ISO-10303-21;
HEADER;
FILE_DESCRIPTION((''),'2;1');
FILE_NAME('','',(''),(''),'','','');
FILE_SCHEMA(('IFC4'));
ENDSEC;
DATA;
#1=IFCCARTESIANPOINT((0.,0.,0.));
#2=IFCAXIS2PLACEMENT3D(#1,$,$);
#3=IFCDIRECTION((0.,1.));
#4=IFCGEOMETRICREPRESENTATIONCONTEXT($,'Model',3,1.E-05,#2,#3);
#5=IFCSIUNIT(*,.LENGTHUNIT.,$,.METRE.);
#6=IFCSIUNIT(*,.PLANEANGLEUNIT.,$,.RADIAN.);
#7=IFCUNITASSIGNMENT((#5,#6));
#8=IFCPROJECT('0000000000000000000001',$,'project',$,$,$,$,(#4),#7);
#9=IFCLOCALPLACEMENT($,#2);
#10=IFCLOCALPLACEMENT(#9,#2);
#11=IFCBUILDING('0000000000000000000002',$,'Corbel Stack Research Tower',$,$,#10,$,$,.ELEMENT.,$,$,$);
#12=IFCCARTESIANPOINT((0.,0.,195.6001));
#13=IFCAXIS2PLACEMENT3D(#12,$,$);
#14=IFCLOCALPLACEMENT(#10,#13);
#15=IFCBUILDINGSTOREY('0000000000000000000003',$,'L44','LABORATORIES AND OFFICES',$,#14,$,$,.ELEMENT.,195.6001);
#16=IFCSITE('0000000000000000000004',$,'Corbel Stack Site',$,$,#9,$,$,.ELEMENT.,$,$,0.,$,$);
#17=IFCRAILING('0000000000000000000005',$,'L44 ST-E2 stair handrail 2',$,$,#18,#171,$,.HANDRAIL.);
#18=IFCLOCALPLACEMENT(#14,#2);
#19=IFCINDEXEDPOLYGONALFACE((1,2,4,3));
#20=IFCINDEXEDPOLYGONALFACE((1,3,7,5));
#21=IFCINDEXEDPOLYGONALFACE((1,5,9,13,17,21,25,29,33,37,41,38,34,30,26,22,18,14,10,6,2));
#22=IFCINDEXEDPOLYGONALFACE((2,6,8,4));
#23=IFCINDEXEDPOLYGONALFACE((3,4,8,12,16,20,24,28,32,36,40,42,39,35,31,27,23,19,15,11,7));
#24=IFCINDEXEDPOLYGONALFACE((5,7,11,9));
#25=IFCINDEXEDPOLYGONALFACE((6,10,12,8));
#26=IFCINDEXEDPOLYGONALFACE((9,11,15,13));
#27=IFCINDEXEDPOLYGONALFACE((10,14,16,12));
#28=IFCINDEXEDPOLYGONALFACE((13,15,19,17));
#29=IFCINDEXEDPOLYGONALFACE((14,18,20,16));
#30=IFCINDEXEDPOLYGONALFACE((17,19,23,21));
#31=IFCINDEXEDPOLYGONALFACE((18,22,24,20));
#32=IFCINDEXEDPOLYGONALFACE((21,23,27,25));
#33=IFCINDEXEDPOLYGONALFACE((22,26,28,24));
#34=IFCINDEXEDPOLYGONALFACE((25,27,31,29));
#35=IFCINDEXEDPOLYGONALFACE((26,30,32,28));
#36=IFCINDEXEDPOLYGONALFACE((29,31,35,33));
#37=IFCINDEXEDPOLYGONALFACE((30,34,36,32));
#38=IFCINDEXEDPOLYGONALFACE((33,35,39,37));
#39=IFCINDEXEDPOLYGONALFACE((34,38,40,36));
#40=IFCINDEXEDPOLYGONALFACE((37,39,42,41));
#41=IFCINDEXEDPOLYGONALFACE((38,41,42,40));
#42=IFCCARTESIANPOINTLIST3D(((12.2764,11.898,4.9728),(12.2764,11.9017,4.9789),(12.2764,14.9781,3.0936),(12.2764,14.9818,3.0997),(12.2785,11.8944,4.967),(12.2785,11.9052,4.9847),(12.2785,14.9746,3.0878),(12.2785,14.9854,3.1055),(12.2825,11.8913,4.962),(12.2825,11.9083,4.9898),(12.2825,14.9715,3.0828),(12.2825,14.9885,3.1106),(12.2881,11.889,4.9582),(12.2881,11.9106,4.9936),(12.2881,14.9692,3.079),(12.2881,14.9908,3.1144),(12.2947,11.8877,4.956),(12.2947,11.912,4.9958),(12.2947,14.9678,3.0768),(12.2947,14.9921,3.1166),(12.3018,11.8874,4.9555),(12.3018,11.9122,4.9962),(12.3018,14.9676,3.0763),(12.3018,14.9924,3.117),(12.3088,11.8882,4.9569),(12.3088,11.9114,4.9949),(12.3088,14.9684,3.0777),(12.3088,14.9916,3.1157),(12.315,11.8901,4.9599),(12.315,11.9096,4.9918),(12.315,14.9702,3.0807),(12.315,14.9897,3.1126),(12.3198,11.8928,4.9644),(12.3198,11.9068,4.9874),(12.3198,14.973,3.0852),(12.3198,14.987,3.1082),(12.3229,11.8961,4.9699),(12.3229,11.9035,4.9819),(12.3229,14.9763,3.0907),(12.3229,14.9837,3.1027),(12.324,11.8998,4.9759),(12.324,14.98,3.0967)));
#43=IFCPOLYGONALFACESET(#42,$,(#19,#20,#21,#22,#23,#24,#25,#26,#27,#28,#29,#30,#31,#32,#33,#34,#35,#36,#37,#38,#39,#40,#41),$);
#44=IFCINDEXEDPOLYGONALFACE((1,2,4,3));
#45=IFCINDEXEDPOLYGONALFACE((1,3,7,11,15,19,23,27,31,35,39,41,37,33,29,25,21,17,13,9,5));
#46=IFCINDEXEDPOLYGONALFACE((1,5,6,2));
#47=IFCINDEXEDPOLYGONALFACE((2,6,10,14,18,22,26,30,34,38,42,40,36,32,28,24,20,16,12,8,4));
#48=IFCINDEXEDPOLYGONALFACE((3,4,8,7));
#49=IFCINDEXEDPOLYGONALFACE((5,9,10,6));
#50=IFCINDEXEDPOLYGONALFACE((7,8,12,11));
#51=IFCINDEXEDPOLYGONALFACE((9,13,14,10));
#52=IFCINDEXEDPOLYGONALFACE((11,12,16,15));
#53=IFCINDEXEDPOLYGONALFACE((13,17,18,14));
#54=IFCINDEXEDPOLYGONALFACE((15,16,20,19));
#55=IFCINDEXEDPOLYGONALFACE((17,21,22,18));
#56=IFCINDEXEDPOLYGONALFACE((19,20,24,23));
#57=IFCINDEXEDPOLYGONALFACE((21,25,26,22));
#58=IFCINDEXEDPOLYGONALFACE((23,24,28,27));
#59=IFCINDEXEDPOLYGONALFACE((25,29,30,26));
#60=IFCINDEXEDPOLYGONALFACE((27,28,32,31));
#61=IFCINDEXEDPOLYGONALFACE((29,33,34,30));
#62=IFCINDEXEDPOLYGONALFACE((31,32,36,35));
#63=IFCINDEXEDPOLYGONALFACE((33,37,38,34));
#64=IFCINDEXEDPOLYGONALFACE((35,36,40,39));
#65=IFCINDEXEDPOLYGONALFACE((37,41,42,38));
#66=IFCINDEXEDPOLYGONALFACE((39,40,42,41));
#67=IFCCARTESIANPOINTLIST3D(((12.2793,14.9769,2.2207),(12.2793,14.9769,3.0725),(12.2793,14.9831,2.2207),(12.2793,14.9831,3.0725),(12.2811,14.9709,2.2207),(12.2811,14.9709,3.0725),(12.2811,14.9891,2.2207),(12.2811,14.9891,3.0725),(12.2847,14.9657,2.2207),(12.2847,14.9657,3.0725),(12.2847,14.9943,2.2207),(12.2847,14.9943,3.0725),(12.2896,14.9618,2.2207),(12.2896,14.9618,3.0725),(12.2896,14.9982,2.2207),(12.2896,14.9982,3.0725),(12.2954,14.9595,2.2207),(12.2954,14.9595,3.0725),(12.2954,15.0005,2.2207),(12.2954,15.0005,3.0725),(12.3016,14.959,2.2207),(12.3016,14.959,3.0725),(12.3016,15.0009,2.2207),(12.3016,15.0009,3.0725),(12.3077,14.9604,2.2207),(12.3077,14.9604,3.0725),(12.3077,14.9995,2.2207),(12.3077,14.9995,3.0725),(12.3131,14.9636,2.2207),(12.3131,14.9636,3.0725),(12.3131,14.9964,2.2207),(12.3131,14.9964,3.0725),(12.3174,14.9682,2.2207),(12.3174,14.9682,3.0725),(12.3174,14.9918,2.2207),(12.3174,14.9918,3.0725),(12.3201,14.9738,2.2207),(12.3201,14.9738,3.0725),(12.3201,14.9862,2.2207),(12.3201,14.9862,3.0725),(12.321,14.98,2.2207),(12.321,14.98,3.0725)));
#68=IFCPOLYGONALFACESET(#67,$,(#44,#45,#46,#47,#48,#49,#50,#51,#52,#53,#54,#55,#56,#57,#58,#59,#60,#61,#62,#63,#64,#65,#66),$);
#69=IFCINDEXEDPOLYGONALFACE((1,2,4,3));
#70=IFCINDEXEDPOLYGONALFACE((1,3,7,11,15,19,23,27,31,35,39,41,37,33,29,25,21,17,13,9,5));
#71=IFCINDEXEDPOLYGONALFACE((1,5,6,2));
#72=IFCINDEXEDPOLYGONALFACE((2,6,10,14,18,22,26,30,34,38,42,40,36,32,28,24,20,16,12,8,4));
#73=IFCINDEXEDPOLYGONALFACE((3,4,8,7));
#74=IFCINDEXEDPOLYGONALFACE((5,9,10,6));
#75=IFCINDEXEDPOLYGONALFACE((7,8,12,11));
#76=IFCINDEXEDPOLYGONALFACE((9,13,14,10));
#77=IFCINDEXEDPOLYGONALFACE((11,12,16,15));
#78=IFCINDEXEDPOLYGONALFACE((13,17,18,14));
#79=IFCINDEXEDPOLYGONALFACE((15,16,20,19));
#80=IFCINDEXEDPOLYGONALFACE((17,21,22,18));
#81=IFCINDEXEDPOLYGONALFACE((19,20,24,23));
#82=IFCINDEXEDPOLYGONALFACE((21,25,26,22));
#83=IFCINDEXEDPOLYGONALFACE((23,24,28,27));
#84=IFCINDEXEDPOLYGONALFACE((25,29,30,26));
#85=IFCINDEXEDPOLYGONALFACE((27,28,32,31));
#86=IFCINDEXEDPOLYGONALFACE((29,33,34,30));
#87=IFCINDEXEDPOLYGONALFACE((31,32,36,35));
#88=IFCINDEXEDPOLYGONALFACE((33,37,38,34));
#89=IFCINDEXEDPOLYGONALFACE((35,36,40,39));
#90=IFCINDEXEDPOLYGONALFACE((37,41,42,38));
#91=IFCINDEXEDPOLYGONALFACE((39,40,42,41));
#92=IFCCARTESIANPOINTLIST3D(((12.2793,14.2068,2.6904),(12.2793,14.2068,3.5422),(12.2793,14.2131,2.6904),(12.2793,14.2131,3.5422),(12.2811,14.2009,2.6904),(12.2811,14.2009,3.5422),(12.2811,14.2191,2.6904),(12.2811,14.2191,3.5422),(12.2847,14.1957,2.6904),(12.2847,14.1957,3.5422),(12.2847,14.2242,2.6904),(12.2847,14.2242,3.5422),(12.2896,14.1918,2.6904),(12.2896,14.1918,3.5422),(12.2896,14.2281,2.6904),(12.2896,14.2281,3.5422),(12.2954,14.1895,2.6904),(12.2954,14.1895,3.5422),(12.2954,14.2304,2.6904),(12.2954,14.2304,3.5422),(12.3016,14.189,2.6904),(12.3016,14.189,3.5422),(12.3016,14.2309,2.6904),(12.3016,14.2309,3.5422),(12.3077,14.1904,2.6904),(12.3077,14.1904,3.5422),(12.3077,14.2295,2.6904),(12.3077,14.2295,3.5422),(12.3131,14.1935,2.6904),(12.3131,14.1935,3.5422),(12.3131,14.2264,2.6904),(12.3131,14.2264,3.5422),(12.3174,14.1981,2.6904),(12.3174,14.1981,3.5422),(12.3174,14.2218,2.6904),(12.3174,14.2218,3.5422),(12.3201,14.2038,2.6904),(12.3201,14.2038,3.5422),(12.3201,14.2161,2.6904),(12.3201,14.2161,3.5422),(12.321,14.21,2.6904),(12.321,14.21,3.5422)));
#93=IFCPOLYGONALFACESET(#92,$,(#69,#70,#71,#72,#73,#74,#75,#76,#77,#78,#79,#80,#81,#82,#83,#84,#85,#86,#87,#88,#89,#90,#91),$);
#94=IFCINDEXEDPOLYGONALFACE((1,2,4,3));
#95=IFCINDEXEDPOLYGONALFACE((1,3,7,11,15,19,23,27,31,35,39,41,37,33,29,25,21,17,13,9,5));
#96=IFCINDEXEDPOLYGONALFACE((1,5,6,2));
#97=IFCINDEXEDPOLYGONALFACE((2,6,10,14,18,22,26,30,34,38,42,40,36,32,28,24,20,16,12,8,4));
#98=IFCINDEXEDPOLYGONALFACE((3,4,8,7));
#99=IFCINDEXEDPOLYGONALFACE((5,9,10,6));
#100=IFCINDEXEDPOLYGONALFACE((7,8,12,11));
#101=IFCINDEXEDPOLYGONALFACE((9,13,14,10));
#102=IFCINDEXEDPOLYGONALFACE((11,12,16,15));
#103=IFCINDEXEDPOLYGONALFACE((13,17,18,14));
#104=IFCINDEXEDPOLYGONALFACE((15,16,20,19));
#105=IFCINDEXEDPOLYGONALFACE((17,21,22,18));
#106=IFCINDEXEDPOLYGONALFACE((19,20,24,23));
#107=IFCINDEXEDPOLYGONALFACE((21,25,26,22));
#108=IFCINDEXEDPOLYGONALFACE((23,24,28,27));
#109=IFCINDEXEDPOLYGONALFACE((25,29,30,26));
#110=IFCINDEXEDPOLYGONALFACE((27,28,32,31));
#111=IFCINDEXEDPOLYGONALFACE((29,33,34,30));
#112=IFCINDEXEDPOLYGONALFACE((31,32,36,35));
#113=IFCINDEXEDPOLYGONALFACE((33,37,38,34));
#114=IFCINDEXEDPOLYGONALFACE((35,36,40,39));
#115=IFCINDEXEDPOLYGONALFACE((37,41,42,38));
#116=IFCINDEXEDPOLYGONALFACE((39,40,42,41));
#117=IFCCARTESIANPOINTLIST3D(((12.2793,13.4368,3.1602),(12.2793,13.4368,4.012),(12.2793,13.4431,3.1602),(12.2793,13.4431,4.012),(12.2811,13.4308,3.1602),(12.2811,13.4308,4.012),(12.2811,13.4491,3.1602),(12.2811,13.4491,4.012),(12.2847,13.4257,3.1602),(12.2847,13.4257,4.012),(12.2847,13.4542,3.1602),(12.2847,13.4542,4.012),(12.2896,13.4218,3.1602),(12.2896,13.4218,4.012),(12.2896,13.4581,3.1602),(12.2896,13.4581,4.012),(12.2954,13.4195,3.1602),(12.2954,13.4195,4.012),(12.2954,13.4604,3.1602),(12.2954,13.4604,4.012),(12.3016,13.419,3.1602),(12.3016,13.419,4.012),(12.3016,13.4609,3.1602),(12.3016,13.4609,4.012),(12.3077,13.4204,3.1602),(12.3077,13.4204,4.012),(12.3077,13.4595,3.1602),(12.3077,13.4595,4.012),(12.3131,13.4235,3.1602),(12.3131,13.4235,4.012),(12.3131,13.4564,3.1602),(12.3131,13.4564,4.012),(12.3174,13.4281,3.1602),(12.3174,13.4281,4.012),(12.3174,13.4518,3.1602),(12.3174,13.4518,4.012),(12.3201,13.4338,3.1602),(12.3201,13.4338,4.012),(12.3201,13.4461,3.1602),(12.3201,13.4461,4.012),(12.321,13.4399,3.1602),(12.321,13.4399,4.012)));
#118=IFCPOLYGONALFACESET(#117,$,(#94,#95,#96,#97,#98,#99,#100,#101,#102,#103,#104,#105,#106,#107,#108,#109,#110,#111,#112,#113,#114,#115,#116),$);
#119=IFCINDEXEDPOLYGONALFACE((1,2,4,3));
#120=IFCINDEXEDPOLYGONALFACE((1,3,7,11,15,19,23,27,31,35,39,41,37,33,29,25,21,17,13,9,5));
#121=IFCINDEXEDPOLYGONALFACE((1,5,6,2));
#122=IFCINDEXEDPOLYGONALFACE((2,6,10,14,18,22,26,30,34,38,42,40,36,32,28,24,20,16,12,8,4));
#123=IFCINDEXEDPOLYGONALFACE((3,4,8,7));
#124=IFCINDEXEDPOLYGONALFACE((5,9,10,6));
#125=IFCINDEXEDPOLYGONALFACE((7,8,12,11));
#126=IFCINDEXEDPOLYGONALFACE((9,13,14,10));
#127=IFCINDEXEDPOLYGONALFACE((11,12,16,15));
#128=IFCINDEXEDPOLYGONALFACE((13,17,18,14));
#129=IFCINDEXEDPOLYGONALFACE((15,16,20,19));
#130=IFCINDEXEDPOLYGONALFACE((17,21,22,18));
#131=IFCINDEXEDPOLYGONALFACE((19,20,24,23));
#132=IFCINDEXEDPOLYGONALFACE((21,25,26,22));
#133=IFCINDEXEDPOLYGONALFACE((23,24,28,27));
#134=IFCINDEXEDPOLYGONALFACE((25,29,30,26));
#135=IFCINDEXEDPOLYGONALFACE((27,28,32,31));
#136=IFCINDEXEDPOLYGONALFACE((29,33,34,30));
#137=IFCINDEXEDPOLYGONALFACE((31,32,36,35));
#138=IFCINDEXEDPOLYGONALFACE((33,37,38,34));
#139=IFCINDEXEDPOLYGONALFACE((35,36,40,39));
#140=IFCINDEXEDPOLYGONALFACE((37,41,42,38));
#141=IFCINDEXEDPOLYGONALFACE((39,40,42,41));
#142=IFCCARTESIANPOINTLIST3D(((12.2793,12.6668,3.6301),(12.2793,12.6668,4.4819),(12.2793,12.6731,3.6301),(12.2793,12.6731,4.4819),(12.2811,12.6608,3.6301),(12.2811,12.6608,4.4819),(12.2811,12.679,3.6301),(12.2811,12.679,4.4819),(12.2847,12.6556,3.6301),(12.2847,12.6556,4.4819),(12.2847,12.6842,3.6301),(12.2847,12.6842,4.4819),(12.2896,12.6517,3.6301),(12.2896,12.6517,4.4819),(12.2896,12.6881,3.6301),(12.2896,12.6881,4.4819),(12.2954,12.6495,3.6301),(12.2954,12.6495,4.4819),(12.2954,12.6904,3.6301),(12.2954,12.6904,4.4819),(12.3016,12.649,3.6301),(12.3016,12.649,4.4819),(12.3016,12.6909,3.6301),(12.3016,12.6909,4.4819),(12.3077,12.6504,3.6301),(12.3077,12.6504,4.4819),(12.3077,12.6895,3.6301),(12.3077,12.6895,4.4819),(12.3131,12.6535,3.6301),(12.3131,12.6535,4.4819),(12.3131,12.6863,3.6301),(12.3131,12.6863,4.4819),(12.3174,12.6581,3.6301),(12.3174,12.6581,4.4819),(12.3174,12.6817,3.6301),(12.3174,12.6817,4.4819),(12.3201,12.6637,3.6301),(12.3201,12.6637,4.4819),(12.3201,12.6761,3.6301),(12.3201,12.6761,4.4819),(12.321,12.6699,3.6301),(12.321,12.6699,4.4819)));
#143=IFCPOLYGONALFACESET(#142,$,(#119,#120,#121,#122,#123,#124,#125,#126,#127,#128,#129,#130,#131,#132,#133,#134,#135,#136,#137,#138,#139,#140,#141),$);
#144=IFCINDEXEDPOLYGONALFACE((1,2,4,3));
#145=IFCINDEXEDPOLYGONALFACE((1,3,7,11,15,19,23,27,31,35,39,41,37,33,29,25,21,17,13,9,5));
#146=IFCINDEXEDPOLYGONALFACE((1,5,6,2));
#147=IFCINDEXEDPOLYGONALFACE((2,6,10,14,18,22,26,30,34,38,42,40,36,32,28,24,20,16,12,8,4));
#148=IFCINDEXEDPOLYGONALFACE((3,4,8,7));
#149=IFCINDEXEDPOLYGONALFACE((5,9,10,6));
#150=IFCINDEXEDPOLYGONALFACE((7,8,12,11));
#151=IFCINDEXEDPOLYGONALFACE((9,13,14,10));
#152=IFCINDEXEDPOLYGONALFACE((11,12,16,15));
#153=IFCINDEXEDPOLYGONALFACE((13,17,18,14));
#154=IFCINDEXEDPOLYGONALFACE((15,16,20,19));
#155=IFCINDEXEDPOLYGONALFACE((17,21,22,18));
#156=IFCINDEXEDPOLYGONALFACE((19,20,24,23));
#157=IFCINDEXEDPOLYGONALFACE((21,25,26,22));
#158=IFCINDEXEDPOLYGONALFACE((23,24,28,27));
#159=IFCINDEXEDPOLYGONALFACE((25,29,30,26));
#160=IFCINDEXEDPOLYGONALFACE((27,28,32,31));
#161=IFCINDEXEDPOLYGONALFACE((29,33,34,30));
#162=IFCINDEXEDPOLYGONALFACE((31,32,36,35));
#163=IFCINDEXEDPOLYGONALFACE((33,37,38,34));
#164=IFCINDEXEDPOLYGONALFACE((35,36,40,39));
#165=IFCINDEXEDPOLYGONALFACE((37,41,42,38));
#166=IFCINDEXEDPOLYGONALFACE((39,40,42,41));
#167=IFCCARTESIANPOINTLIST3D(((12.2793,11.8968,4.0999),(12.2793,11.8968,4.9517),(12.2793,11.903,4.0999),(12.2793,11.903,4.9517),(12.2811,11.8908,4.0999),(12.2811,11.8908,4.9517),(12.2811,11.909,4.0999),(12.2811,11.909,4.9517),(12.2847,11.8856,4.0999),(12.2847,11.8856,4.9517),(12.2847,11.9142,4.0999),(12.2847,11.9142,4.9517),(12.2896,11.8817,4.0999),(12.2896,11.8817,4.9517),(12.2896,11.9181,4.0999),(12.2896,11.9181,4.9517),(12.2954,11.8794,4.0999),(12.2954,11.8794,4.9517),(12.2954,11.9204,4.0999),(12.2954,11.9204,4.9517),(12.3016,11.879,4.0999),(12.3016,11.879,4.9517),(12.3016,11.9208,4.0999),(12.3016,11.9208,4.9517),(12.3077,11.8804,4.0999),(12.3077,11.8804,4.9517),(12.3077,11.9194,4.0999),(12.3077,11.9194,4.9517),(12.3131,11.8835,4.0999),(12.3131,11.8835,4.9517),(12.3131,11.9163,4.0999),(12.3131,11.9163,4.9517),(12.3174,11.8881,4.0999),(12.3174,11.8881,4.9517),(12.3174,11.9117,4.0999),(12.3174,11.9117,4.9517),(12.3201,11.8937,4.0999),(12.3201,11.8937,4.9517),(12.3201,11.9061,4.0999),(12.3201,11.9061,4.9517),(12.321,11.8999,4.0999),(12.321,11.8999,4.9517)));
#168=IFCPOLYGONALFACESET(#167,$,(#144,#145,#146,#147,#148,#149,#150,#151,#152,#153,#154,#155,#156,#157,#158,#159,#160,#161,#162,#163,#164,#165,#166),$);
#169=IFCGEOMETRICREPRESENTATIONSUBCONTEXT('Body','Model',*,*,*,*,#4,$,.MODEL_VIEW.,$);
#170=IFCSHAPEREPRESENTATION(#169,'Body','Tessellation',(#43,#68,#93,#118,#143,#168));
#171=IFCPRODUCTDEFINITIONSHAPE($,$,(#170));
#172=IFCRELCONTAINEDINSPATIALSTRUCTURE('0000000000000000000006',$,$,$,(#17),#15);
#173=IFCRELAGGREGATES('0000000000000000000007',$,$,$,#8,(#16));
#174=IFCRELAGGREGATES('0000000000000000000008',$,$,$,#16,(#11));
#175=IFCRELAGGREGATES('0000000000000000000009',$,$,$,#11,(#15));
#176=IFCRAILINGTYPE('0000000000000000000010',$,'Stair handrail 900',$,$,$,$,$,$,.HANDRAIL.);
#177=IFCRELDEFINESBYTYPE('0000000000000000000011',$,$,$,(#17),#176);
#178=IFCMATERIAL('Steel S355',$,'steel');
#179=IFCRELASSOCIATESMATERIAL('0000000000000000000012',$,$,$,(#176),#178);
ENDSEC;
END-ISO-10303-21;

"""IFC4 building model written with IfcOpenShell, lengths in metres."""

from ifc_helpers import new_model, si_unit, direction, frame, origin, origin_2d, place, context, subcontext, project, spatial, circle, extrude, material, type_object, element, save


model = new_model("IFC4")

# Units and contexts
model_context = context("Model", 3, precision=1e-05, world=origin(), true_north=direction((0.0, 1.0)))
body_context = subcontext(model_context, "Body", "Model", "MODEL_VIEW")
ifc_project = project(units=[si_unit("LENGTHUNIT", "METRE"), si_unit("PLANEANGLEUNIT", "RADIAN")], contexts=[model_context])

# Site, building, storey
site_placement = place(None, origin())
site = spatial("IfcSite", under=ifc_project, at=site_placement, Name="Corbel Stack Site", CompositionType="ELEMENT", RefElevation=0.0)
building_placement = place(site_placement, origin())
building = spatial("IfcBuilding", under=site, at=building_placement, Name="Corbel Stack Research Tower", CompositionType="ELEMENT")
storey_placement = place(building_placement, frame((0.0, 0.0, 195.6001)))
storey = spatial("IfcBuildingStorey", under=building, at=storey_placement, Name="L44", Description="LABORATORIES AND OFFICES", CompositionType="ELEMENT", Elevation=195.6001)

# Railing
ifc_material_1 = material(Name="Steel S355", Category="steel")
railing_type_1 = type_object("IfcRailingType", Name="Stair handrail 900", PredefinedType="HANDRAIL", material=ifc_material_1)
railing_1_placement = place(storey_placement, frame((12.3, 14.98, 2.2207)))
element("IfcRailing", 1, at=railing_1_placement, inside=storey, type_object=railing_type_1, Name="L44 ST-E2 stair handrail 2", PredefinedType="HANDRAIL", context=body_context, shape_type="SweptSolid", body=[
    extrude(circle(Radius=0.0239, at=origin_2d()), frame((0.0, 0.0, 0.876), z_axis=(0.0, -0.853666, 0.52082), x_axis=(1.0, 0.0, 0.0)), (0.0, 0.0, 1.0), 3.6082),
    extrude(circle(Radius=0.021, at=origin_2d()), origin(), (0.0, 0.0, 1.0), 0.8518),
    extrude(circle(Radius=0.021, at=origin_2d()), frame((0.0, -0.77, 0.4697)), (0.0, 0.0, 1.0), 0.8518),
    extrude(circle(Radius=0.021, at=origin_2d()), frame((0.0, -1.54, 0.9395)), (0.0, 0.0, 1.0), 0.8518),
    extrude(circle(Radius=0.021, at=origin_2d()), frame((0.0, -2.3101, 1.4094)), (0.0, 0.0, 1.0), 0.8518),
    extrude(circle(Radius=0.021, at=origin_2d()), frame((0.0, -3.0801, 1.8792)), (0.0, 0.0, 1.0), 0.8518),
])

save(model, "model.ifc")
